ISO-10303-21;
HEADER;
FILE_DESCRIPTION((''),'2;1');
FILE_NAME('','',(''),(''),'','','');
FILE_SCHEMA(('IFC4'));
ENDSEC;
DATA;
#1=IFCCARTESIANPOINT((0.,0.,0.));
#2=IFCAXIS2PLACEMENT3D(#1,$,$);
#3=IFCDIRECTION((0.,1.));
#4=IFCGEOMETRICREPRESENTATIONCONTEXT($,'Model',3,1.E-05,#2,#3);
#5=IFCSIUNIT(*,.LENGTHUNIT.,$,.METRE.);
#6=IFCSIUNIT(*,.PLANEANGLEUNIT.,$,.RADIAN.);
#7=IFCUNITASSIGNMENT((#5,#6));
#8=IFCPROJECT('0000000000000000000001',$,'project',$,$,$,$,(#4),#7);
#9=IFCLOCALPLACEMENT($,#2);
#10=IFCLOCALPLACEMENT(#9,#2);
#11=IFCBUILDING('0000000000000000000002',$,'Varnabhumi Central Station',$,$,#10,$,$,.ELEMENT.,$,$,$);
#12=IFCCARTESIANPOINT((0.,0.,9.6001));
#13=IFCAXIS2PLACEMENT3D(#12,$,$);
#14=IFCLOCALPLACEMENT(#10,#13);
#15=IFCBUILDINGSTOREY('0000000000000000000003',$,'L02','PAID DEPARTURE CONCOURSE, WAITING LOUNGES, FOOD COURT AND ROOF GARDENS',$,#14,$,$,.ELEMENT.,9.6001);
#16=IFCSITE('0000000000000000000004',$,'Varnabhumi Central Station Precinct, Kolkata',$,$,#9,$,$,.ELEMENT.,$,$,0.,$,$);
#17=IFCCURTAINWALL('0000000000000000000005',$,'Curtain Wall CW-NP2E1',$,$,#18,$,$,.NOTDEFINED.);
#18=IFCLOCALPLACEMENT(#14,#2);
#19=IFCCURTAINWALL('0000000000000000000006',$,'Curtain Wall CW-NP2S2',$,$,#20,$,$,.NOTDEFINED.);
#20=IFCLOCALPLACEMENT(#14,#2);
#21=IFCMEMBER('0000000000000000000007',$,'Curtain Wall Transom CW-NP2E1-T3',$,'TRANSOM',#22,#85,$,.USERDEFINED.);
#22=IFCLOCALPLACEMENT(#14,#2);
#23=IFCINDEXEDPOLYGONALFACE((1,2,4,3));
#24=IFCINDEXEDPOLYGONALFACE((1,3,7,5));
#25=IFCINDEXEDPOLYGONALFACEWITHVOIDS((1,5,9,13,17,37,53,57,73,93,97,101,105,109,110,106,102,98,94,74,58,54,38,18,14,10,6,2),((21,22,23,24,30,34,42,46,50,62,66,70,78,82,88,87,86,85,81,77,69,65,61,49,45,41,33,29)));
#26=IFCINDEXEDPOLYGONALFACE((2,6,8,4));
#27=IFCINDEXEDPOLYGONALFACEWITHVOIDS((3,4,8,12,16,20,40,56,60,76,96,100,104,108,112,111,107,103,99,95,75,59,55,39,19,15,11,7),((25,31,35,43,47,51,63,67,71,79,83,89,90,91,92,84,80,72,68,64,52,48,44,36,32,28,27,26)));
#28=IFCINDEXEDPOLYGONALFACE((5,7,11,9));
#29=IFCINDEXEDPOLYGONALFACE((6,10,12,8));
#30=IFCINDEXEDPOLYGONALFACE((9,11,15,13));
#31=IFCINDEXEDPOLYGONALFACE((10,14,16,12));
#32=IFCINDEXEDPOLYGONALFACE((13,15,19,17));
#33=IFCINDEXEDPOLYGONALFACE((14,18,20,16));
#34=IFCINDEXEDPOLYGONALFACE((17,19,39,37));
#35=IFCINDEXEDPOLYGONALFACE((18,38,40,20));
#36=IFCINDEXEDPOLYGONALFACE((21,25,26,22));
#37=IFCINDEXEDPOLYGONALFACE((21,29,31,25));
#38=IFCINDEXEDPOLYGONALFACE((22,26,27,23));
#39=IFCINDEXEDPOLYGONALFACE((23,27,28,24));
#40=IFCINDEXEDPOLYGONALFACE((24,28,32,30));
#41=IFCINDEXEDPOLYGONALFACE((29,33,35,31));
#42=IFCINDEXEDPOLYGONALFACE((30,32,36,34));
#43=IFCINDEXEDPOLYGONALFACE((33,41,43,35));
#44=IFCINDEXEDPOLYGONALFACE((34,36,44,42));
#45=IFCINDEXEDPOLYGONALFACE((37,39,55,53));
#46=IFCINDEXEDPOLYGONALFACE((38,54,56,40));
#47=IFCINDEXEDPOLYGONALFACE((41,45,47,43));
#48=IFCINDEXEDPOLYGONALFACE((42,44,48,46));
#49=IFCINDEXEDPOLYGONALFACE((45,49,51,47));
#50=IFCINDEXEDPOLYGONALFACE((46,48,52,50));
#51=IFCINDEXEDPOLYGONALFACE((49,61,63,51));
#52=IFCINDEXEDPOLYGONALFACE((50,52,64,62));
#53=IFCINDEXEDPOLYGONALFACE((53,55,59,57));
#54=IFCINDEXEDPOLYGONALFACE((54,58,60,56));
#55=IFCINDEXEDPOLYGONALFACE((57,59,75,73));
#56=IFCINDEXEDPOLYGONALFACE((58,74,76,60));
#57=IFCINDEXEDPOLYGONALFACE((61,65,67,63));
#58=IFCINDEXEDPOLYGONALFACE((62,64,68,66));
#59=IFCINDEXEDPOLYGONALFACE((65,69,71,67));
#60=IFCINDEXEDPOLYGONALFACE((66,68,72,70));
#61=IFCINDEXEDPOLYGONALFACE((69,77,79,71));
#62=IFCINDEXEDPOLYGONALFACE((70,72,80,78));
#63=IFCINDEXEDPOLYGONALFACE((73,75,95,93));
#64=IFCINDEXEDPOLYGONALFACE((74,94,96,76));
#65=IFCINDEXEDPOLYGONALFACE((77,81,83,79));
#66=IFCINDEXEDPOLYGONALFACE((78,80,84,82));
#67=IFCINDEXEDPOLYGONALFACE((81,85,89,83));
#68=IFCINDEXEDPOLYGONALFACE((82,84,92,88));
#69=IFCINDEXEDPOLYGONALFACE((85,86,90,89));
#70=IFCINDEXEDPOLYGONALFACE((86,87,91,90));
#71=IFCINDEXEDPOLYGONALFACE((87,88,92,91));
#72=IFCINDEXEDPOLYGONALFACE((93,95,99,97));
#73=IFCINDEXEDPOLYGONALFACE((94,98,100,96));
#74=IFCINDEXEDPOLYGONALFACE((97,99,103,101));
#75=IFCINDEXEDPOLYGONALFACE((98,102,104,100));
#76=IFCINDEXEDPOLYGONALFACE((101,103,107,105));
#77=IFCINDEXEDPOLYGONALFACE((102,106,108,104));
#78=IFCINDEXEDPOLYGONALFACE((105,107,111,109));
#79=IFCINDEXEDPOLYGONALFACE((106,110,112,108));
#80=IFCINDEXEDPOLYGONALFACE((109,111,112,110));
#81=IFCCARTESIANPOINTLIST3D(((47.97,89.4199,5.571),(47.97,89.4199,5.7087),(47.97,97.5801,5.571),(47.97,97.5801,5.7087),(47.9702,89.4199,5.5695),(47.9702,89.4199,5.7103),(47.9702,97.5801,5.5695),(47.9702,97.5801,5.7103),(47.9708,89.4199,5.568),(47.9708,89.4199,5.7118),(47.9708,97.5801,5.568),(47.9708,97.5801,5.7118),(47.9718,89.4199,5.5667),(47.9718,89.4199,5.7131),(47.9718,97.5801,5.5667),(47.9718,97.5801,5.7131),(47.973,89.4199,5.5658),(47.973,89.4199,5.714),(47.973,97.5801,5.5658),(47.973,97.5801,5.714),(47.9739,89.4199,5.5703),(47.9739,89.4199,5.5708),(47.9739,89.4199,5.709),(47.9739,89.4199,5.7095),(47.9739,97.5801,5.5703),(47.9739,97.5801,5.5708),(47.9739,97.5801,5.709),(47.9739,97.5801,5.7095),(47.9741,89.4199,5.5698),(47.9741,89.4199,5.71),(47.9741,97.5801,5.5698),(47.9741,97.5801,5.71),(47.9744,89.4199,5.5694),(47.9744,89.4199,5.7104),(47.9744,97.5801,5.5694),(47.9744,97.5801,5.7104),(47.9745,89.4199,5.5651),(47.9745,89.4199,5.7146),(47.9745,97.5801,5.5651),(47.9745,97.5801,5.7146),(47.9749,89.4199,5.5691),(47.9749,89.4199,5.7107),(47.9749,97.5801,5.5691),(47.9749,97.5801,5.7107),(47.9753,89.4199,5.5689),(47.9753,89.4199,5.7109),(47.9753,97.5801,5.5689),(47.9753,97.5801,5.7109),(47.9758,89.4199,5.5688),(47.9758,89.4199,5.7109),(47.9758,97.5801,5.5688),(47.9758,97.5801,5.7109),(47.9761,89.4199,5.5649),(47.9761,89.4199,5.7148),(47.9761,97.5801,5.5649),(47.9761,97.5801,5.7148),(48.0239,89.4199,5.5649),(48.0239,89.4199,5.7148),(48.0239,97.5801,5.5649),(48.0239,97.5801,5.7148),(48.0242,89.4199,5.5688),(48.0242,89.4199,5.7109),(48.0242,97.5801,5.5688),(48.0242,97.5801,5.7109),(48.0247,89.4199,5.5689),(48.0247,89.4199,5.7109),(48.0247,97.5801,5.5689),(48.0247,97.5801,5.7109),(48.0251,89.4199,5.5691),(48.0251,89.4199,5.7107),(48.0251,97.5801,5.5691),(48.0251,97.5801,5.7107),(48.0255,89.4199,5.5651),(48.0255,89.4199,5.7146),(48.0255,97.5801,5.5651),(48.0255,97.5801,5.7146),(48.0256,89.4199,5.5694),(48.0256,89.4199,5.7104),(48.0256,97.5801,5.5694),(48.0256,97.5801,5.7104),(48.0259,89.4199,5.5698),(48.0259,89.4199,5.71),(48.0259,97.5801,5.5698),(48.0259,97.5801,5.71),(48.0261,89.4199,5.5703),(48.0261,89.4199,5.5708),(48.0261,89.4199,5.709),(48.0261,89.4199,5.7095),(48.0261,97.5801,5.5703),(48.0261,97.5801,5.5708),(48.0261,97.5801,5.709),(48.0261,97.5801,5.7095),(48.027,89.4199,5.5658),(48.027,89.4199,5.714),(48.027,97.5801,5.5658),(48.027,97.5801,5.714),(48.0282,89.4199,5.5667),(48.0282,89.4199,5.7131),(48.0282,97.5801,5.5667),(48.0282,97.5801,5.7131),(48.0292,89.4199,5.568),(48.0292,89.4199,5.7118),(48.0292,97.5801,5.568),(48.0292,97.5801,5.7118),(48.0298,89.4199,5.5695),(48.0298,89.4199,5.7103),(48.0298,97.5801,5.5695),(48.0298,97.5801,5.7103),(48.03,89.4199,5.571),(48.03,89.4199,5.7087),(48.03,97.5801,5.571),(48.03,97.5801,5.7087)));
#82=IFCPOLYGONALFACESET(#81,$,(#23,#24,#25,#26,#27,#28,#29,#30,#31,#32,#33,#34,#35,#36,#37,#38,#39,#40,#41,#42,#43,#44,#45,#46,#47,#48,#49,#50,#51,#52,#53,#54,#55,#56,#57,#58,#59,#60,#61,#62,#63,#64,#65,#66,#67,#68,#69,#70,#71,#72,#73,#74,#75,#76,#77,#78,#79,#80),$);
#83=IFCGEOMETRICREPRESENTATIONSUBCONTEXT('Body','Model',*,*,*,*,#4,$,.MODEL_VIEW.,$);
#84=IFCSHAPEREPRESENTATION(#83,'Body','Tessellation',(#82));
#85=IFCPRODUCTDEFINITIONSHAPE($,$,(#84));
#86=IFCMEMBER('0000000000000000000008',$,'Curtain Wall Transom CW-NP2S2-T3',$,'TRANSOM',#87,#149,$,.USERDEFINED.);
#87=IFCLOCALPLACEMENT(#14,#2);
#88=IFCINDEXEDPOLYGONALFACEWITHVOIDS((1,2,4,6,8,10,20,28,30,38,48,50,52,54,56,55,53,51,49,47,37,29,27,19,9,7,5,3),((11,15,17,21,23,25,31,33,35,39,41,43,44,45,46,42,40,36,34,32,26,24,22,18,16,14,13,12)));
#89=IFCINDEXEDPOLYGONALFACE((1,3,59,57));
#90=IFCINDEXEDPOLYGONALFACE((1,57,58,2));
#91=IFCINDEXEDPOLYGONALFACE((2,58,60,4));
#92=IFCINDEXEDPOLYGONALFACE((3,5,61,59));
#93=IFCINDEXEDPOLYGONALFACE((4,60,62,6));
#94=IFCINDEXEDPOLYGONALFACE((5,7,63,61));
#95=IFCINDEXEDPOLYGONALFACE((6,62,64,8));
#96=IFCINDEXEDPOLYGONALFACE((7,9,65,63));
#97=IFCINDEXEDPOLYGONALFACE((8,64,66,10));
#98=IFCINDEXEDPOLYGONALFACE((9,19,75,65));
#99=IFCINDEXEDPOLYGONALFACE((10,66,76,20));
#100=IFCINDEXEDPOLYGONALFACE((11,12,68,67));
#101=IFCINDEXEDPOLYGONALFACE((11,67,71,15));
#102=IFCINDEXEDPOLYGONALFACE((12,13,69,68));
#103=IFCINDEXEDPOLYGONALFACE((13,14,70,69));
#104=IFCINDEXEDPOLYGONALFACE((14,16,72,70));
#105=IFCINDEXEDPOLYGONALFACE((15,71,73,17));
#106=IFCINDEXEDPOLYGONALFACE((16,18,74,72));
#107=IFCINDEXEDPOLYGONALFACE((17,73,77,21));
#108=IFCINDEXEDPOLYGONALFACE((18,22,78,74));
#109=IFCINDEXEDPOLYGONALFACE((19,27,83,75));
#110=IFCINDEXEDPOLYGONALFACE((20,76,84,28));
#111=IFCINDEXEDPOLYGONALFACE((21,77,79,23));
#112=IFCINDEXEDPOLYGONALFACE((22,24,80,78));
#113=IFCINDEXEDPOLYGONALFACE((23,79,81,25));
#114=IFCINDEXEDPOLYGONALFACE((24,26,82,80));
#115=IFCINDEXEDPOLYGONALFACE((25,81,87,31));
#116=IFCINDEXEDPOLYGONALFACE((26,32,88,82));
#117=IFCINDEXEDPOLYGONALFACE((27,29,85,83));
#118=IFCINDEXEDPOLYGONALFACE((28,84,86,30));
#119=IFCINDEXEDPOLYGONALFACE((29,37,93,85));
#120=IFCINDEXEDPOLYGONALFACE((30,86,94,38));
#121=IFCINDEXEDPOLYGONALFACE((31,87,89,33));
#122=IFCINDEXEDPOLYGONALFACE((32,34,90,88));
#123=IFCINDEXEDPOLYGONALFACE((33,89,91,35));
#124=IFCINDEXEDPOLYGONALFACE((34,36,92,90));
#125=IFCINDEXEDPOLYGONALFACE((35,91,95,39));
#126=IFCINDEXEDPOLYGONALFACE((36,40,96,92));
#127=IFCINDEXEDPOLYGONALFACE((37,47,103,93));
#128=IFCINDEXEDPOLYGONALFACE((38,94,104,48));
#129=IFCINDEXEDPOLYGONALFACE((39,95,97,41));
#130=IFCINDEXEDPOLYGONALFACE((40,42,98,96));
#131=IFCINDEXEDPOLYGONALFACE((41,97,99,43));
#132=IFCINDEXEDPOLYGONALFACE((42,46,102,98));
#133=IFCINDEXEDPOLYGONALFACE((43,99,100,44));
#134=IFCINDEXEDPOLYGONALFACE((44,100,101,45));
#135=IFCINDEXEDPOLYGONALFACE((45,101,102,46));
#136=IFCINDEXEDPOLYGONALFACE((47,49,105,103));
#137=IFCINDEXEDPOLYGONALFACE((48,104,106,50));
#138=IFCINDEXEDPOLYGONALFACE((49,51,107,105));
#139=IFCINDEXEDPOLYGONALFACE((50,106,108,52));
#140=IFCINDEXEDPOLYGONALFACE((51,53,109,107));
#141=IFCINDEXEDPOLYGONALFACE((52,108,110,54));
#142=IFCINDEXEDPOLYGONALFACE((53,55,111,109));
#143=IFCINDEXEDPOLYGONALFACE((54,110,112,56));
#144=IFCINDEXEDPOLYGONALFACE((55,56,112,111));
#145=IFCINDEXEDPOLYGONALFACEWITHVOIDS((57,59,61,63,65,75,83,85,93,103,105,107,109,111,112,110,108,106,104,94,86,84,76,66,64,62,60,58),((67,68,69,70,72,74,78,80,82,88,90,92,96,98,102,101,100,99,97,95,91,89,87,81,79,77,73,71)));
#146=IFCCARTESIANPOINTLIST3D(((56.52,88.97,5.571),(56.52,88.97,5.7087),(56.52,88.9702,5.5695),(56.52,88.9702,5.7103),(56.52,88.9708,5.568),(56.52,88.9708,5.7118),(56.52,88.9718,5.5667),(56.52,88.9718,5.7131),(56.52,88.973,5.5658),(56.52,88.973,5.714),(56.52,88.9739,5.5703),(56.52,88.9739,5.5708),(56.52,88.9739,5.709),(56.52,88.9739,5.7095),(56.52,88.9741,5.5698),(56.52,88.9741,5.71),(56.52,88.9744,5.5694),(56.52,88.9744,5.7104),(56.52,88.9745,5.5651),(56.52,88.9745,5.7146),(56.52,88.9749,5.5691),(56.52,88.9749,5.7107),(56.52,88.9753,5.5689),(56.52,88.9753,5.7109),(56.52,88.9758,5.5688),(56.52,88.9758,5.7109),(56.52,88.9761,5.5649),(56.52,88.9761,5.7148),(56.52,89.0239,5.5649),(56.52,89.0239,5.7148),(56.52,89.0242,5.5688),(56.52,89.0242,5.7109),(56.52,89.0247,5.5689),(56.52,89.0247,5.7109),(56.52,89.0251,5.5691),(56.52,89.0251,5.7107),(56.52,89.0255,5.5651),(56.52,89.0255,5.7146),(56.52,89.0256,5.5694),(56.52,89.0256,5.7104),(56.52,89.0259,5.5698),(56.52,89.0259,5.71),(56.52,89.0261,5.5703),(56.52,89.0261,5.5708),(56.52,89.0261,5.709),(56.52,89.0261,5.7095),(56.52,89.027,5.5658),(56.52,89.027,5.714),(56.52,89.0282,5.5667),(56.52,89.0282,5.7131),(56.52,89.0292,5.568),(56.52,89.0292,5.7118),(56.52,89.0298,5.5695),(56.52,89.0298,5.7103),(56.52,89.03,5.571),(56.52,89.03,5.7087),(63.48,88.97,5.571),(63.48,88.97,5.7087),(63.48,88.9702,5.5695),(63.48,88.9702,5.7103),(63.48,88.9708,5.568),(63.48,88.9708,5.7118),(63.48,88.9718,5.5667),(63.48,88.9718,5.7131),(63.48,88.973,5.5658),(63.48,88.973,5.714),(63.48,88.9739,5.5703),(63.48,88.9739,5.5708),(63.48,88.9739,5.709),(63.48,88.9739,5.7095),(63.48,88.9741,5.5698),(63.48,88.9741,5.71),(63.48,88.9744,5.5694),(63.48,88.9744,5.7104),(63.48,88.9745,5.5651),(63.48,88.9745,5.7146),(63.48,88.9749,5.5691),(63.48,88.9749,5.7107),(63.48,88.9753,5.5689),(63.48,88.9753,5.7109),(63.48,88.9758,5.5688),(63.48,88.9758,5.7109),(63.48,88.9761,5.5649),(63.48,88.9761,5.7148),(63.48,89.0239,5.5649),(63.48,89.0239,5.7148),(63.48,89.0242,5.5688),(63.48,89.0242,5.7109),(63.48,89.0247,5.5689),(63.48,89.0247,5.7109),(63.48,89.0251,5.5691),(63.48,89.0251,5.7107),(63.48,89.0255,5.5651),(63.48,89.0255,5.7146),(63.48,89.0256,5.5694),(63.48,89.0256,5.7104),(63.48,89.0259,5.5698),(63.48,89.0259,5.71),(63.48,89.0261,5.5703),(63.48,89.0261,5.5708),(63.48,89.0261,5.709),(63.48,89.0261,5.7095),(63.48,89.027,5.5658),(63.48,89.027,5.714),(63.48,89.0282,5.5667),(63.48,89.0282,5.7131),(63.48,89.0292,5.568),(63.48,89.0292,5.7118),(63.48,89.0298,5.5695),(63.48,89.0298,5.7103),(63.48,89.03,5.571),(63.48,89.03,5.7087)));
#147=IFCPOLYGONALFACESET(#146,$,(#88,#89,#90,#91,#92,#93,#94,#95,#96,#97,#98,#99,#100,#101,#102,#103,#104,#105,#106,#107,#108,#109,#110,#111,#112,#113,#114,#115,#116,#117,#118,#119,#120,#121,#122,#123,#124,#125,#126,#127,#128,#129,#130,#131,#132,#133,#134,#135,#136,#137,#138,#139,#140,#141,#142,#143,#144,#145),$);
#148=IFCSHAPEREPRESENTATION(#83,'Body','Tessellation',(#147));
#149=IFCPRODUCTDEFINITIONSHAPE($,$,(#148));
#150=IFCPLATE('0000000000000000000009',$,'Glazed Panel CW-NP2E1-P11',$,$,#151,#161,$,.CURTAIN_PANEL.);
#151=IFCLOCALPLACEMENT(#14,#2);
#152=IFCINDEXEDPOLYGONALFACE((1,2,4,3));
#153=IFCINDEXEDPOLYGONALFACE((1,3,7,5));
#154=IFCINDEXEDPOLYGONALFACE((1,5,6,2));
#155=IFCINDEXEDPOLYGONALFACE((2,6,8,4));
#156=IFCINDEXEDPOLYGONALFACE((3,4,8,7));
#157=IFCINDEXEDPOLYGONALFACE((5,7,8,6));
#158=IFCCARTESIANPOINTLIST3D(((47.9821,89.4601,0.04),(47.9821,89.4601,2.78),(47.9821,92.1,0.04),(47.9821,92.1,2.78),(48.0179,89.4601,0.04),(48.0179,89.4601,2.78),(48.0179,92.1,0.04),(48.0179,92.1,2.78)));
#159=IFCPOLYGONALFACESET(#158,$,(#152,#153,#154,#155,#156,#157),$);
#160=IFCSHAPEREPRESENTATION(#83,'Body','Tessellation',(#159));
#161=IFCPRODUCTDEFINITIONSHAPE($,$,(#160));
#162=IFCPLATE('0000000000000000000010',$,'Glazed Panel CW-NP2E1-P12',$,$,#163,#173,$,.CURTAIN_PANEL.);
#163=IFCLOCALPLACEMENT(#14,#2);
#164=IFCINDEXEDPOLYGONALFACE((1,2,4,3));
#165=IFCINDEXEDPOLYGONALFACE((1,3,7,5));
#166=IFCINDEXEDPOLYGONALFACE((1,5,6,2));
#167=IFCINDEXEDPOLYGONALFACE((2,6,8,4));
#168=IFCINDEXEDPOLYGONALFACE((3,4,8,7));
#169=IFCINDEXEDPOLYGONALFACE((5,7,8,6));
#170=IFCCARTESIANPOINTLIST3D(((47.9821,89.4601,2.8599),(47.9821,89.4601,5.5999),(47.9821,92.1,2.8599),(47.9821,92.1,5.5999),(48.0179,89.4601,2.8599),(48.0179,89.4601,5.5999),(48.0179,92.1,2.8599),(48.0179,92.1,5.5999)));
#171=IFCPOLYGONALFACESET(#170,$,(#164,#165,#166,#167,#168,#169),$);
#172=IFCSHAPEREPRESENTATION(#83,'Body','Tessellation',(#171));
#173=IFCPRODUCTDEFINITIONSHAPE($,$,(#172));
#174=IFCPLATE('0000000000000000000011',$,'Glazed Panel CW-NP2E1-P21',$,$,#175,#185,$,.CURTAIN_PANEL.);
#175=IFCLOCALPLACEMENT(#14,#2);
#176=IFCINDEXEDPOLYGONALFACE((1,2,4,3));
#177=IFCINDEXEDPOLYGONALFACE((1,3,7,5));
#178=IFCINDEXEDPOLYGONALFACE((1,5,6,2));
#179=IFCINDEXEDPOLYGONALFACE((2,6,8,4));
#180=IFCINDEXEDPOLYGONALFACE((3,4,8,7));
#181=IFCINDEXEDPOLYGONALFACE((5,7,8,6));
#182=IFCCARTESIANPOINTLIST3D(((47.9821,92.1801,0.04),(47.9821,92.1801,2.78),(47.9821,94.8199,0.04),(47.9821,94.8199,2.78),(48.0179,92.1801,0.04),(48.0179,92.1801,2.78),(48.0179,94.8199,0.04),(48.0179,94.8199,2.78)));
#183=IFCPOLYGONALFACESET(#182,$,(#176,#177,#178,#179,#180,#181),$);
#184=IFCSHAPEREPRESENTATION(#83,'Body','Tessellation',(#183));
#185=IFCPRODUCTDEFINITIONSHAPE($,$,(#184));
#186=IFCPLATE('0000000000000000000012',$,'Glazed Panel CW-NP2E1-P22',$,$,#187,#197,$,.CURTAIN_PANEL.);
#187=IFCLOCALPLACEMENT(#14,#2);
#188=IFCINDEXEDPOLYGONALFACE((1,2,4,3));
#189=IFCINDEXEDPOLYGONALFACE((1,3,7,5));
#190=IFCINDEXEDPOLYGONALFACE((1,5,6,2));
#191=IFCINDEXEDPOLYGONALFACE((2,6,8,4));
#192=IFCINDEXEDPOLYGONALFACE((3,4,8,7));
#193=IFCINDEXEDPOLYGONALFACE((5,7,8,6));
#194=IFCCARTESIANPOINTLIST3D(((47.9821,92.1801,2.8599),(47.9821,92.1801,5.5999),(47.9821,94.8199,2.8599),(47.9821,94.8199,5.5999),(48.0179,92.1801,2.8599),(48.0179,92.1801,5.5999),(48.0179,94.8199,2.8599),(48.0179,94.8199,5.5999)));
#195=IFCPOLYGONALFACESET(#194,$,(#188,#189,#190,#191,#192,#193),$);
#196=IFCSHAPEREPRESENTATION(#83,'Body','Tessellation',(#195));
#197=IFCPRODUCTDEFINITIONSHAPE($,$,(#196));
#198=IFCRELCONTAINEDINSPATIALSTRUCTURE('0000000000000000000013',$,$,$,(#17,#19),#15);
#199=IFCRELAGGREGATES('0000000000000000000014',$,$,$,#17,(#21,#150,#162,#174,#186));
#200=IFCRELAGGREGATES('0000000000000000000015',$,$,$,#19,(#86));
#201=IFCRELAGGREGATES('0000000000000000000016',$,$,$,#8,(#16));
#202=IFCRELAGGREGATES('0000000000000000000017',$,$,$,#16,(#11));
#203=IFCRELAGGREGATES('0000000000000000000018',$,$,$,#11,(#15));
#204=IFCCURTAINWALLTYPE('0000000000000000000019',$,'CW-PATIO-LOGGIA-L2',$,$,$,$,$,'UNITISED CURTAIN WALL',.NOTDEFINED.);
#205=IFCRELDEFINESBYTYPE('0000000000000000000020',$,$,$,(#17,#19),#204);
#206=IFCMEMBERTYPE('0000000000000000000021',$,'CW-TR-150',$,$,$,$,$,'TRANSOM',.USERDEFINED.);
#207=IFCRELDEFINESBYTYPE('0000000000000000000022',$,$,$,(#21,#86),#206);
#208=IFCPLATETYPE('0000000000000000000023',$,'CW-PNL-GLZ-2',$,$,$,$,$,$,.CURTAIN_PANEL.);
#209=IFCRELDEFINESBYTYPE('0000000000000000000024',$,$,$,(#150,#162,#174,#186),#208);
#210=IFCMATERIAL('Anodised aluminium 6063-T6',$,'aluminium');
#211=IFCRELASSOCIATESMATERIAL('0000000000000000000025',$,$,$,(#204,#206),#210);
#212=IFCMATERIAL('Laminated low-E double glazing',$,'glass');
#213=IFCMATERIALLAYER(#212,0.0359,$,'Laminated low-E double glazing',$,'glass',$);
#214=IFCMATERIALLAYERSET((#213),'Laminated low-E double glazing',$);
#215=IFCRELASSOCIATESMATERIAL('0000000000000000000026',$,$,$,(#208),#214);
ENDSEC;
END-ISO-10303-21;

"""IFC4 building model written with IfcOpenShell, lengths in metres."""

from ifc_helpers import new_model, si_unit, direction, frame, origin, origin_2d, place, context, subcontext, project, spatial, rectangle, hollow_rectangle, extrude, material, layer, layer_set, material_profile, profile_set, type_object, element, aggregate, save


model = new_model("IFC4")

# Units and contexts
model_context = context("Model", 3, precision=1e-05, world=origin(), true_north=direction((0.0, 1.0)))
body_context = subcontext(model_context, "Body", "Model", "MODEL_VIEW")
ifc_project = project(units=[si_unit("LENGTHUNIT", "METRE"), si_unit("PLANEANGLEUNIT", "RADIAN")], contexts=[model_context])

# Site, building, storey
site_placement = place(None, origin())
site = spatial("IfcSite", under=ifc_project, at=site_placement, Name="Varnabhumi Central Station Precinct, Kolkata", CompositionType="ELEMENT", RefElevation=0.0)
building_placement = place(site_placement, origin())
building = spatial("IfcBuilding", under=site, at=building_placement, Name="Varnabhumi Central Station", CompositionType="ELEMENT")
storey_placement = place(building_placement, frame((0.0, 0.0, 9.6001)))
storey = spatial("IfcBuildingStorey", under=building, at=storey_placement, Name="L02", Description="PAID DEPARTURE CONCOURSE, WAITING LOUNGES, FOOD COURT AND ROOF GARDENS", CompositionType="ELEMENT", Elevation=9.6001)

# Curtain walls
ifc_material_1 = material(Name="Anodised aluminium 6063-T6", Category="aluminium")
curtain_wall_type = type_object("IfcCurtainWallType", Name="CW-PATIO-LOGGIA-L2", ElementType="UNITISED CURTAIN WALL", PredefinedType="NOTDEFINED", material=ifc_material_1)
curtain_wall_1_placement = place(storey_placement, origin())
curtain_wall_1 = element("IfcCurtainWall", 1, at=curtain_wall_1_placement, inside=storey, type_object=curtain_wall_type, Name="Curtain Wall CW-NP2E1", PredefinedType="NOTDEFINED")
curtain_wall_2_placement = place(storey_placement, origin())
curtain_wall_2 = element("IfcCurtainWall", 2, at=curtain_wall_2_placement, inside=storey, type_object=curtain_wall_type, Name="Curtain Wall CW-NP2S2", PredefinedType="NOTDEFINED")

# Members
ifc_material_profile_1 = material_profile(ifc_material_1, hollow_rectangle(XDim=0.0601, YDim=0.1499, WallThickness=0.0039, InnerFilletRadius=0.002, OuterFilletRadius=0.0061, at=origin_2d()), Name="Anodised aluminium 6063-T6", Category="aluminium")
ifc_profile_set_1 = profile_set([ifc_material_profile_1], Name="Anodised aluminium 6063-T6")
member_type_1 = type_object("IfcMemberType", Name="CW-TR-150", ElementType="TRANSOM", PredefinedType="USERDEFINED", material=ifc_profile_set_1)
member_1_placement = place(storey_placement, frame((48.0, 89.4199, 5.6399), z_axis=(0.0, 1.0, 0.0), x_axis=(-1.0, 0.0, 0.0)))
member_1 = element("IfcMember", 3, at=member_1_placement, type_object=member_type_1, Name="Curtain Wall Transom CW-NP2E1-T3", ObjectType="TRANSOM", PredefinedType="USERDEFINED", context=body_context, shape_type="SweptSolid", body=[
    extrude(hollow_rectangle(XDim=0.0601, YDim=0.1499, WallThickness=0.0039, InnerFilletRadius=0.002, OuterFilletRadius=0.0061, at=origin_2d()), origin(), (0.0, 0.0, 1.0), 8.1602),
])
member_2_placement = place(storey_placement, frame((56.52, 89.0, 5.6399), z_axis=(1.0, 0.0, 0.0), x_axis=(0.0, 1.0, 0.0)))
member_2 = element("IfcMember", 4, at=member_2_placement, type_object=member_type_1, Name="Curtain Wall Transom CW-NP2S2-T3", ObjectType="TRANSOM", PredefinedType="USERDEFINED", context=body_context, shape_type="SweptSolid", body=[
    extrude(hollow_rectangle(XDim=0.0601, YDim=0.1499, WallThickness=0.0039, InnerFilletRadius=0.002, OuterFilletRadius=0.0061, at=origin_2d()), origin(), (0.0, 0.0, 1.0), 6.96),
])

# Plates
ifc_material_2 = material(Name="Laminated low-E double glazing", Category="glass")
ifc_layer_1 = layer(ifc_material_2, 0.0359, Name="Laminated low-E double glazing", Category="glass")
ifc_layer_set_1 = layer_set([ifc_layer_1], Name="Laminated low-E double glazing")
plate_type_1 = type_object("IfcPlateType", Name="CW-PNL-GLZ-2", PredefinedType="CURTAIN_PANEL", material=ifc_layer_set_1)
plate_1_placement = place(storey_placement, frame((48.0, 90.78, 0.04), z_axis=(0.0, 0.0, 1.0), x_axis=(0.0, 1.0, 0.0)))
plate_1 = element("IfcPlate", 5, at=plate_1_placement, type_object=plate_type_1, Name="Glazed Panel CW-NP2E1-P11", PredefinedType="CURTAIN_PANEL", context=body_context, shape_type="SweptSolid", body=[
    extrude(rectangle(XDim=2.6399, YDim=0.0359, at=origin_2d()), origin(), (0.0, 0.0, 1.0), 2.74),
])
plate_2_placement = place(storey_placement, frame((48.0, 90.78, 2.8599), z_axis=(0.0, 0.0, 1.0), x_axis=(0.0, 1.0, 0.0)))
plate_2 = element("IfcPlate", 6, at=plate_2_placement, type_object=plate_type_1, Name="Glazed Panel CW-NP2E1-P12", PredefinedType="CURTAIN_PANEL", context=body_context, shape_type="SweptSolid", body=[
    extrude(rectangle(XDim=2.6399, YDim=0.0359, at=origin_2d()), origin(), (0.0, 0.0, 1.0), 2.74),
])
plate_3_placement = place(storey_placement, frame((48.0, 93.5, 0.04), z_axis=(0.0, 0.0, 1.0), x_axis=(0.0, 1.0, 0.0)))
plate_3 = element("IfcPlate", 7, at=plate_3_placement, type_object=plate_type_1, Name="Glazed Panel CW-NP2E1-P21", PredefinedType="CURTAIN_PANEL", context=body_context, shape_type="SweptSolid", body=[
    extrude(rectangle(XDim=2.6399, YDim=0.0359, at=origin_2d()), origin(), (0.0, 0.0, 1.0), 2.74),
])
plate_4_placement = place(storey_placement, frame((48.0, 93.5, 2.8599), z_axis=(0.0, 0.0, 1.0), x_axis=(0.0, 1.0, 0.0)))
plate_4 = element("IfcPlate", 8, at=plate_4_placement, type_object=plate_type_1, Name="Glazed Panel CW-NP2E1-P22", PredefinedType="CURTAIN_PANEL", context=body_context, shape_type="SweptSolid", body=[
    extrude(rectangle(XDim=2.6399, YDim=0.0359, at=origin_2d()), origin(), (0.0, 0.0, 1.0), 2.74),
])
aggregate(curtain_wall_1, [member_1, plate_1, plate_2, plate_3, plate_4])
aggregate(curtain_wall_2, [member_2])

save(model, "model.ifc")
